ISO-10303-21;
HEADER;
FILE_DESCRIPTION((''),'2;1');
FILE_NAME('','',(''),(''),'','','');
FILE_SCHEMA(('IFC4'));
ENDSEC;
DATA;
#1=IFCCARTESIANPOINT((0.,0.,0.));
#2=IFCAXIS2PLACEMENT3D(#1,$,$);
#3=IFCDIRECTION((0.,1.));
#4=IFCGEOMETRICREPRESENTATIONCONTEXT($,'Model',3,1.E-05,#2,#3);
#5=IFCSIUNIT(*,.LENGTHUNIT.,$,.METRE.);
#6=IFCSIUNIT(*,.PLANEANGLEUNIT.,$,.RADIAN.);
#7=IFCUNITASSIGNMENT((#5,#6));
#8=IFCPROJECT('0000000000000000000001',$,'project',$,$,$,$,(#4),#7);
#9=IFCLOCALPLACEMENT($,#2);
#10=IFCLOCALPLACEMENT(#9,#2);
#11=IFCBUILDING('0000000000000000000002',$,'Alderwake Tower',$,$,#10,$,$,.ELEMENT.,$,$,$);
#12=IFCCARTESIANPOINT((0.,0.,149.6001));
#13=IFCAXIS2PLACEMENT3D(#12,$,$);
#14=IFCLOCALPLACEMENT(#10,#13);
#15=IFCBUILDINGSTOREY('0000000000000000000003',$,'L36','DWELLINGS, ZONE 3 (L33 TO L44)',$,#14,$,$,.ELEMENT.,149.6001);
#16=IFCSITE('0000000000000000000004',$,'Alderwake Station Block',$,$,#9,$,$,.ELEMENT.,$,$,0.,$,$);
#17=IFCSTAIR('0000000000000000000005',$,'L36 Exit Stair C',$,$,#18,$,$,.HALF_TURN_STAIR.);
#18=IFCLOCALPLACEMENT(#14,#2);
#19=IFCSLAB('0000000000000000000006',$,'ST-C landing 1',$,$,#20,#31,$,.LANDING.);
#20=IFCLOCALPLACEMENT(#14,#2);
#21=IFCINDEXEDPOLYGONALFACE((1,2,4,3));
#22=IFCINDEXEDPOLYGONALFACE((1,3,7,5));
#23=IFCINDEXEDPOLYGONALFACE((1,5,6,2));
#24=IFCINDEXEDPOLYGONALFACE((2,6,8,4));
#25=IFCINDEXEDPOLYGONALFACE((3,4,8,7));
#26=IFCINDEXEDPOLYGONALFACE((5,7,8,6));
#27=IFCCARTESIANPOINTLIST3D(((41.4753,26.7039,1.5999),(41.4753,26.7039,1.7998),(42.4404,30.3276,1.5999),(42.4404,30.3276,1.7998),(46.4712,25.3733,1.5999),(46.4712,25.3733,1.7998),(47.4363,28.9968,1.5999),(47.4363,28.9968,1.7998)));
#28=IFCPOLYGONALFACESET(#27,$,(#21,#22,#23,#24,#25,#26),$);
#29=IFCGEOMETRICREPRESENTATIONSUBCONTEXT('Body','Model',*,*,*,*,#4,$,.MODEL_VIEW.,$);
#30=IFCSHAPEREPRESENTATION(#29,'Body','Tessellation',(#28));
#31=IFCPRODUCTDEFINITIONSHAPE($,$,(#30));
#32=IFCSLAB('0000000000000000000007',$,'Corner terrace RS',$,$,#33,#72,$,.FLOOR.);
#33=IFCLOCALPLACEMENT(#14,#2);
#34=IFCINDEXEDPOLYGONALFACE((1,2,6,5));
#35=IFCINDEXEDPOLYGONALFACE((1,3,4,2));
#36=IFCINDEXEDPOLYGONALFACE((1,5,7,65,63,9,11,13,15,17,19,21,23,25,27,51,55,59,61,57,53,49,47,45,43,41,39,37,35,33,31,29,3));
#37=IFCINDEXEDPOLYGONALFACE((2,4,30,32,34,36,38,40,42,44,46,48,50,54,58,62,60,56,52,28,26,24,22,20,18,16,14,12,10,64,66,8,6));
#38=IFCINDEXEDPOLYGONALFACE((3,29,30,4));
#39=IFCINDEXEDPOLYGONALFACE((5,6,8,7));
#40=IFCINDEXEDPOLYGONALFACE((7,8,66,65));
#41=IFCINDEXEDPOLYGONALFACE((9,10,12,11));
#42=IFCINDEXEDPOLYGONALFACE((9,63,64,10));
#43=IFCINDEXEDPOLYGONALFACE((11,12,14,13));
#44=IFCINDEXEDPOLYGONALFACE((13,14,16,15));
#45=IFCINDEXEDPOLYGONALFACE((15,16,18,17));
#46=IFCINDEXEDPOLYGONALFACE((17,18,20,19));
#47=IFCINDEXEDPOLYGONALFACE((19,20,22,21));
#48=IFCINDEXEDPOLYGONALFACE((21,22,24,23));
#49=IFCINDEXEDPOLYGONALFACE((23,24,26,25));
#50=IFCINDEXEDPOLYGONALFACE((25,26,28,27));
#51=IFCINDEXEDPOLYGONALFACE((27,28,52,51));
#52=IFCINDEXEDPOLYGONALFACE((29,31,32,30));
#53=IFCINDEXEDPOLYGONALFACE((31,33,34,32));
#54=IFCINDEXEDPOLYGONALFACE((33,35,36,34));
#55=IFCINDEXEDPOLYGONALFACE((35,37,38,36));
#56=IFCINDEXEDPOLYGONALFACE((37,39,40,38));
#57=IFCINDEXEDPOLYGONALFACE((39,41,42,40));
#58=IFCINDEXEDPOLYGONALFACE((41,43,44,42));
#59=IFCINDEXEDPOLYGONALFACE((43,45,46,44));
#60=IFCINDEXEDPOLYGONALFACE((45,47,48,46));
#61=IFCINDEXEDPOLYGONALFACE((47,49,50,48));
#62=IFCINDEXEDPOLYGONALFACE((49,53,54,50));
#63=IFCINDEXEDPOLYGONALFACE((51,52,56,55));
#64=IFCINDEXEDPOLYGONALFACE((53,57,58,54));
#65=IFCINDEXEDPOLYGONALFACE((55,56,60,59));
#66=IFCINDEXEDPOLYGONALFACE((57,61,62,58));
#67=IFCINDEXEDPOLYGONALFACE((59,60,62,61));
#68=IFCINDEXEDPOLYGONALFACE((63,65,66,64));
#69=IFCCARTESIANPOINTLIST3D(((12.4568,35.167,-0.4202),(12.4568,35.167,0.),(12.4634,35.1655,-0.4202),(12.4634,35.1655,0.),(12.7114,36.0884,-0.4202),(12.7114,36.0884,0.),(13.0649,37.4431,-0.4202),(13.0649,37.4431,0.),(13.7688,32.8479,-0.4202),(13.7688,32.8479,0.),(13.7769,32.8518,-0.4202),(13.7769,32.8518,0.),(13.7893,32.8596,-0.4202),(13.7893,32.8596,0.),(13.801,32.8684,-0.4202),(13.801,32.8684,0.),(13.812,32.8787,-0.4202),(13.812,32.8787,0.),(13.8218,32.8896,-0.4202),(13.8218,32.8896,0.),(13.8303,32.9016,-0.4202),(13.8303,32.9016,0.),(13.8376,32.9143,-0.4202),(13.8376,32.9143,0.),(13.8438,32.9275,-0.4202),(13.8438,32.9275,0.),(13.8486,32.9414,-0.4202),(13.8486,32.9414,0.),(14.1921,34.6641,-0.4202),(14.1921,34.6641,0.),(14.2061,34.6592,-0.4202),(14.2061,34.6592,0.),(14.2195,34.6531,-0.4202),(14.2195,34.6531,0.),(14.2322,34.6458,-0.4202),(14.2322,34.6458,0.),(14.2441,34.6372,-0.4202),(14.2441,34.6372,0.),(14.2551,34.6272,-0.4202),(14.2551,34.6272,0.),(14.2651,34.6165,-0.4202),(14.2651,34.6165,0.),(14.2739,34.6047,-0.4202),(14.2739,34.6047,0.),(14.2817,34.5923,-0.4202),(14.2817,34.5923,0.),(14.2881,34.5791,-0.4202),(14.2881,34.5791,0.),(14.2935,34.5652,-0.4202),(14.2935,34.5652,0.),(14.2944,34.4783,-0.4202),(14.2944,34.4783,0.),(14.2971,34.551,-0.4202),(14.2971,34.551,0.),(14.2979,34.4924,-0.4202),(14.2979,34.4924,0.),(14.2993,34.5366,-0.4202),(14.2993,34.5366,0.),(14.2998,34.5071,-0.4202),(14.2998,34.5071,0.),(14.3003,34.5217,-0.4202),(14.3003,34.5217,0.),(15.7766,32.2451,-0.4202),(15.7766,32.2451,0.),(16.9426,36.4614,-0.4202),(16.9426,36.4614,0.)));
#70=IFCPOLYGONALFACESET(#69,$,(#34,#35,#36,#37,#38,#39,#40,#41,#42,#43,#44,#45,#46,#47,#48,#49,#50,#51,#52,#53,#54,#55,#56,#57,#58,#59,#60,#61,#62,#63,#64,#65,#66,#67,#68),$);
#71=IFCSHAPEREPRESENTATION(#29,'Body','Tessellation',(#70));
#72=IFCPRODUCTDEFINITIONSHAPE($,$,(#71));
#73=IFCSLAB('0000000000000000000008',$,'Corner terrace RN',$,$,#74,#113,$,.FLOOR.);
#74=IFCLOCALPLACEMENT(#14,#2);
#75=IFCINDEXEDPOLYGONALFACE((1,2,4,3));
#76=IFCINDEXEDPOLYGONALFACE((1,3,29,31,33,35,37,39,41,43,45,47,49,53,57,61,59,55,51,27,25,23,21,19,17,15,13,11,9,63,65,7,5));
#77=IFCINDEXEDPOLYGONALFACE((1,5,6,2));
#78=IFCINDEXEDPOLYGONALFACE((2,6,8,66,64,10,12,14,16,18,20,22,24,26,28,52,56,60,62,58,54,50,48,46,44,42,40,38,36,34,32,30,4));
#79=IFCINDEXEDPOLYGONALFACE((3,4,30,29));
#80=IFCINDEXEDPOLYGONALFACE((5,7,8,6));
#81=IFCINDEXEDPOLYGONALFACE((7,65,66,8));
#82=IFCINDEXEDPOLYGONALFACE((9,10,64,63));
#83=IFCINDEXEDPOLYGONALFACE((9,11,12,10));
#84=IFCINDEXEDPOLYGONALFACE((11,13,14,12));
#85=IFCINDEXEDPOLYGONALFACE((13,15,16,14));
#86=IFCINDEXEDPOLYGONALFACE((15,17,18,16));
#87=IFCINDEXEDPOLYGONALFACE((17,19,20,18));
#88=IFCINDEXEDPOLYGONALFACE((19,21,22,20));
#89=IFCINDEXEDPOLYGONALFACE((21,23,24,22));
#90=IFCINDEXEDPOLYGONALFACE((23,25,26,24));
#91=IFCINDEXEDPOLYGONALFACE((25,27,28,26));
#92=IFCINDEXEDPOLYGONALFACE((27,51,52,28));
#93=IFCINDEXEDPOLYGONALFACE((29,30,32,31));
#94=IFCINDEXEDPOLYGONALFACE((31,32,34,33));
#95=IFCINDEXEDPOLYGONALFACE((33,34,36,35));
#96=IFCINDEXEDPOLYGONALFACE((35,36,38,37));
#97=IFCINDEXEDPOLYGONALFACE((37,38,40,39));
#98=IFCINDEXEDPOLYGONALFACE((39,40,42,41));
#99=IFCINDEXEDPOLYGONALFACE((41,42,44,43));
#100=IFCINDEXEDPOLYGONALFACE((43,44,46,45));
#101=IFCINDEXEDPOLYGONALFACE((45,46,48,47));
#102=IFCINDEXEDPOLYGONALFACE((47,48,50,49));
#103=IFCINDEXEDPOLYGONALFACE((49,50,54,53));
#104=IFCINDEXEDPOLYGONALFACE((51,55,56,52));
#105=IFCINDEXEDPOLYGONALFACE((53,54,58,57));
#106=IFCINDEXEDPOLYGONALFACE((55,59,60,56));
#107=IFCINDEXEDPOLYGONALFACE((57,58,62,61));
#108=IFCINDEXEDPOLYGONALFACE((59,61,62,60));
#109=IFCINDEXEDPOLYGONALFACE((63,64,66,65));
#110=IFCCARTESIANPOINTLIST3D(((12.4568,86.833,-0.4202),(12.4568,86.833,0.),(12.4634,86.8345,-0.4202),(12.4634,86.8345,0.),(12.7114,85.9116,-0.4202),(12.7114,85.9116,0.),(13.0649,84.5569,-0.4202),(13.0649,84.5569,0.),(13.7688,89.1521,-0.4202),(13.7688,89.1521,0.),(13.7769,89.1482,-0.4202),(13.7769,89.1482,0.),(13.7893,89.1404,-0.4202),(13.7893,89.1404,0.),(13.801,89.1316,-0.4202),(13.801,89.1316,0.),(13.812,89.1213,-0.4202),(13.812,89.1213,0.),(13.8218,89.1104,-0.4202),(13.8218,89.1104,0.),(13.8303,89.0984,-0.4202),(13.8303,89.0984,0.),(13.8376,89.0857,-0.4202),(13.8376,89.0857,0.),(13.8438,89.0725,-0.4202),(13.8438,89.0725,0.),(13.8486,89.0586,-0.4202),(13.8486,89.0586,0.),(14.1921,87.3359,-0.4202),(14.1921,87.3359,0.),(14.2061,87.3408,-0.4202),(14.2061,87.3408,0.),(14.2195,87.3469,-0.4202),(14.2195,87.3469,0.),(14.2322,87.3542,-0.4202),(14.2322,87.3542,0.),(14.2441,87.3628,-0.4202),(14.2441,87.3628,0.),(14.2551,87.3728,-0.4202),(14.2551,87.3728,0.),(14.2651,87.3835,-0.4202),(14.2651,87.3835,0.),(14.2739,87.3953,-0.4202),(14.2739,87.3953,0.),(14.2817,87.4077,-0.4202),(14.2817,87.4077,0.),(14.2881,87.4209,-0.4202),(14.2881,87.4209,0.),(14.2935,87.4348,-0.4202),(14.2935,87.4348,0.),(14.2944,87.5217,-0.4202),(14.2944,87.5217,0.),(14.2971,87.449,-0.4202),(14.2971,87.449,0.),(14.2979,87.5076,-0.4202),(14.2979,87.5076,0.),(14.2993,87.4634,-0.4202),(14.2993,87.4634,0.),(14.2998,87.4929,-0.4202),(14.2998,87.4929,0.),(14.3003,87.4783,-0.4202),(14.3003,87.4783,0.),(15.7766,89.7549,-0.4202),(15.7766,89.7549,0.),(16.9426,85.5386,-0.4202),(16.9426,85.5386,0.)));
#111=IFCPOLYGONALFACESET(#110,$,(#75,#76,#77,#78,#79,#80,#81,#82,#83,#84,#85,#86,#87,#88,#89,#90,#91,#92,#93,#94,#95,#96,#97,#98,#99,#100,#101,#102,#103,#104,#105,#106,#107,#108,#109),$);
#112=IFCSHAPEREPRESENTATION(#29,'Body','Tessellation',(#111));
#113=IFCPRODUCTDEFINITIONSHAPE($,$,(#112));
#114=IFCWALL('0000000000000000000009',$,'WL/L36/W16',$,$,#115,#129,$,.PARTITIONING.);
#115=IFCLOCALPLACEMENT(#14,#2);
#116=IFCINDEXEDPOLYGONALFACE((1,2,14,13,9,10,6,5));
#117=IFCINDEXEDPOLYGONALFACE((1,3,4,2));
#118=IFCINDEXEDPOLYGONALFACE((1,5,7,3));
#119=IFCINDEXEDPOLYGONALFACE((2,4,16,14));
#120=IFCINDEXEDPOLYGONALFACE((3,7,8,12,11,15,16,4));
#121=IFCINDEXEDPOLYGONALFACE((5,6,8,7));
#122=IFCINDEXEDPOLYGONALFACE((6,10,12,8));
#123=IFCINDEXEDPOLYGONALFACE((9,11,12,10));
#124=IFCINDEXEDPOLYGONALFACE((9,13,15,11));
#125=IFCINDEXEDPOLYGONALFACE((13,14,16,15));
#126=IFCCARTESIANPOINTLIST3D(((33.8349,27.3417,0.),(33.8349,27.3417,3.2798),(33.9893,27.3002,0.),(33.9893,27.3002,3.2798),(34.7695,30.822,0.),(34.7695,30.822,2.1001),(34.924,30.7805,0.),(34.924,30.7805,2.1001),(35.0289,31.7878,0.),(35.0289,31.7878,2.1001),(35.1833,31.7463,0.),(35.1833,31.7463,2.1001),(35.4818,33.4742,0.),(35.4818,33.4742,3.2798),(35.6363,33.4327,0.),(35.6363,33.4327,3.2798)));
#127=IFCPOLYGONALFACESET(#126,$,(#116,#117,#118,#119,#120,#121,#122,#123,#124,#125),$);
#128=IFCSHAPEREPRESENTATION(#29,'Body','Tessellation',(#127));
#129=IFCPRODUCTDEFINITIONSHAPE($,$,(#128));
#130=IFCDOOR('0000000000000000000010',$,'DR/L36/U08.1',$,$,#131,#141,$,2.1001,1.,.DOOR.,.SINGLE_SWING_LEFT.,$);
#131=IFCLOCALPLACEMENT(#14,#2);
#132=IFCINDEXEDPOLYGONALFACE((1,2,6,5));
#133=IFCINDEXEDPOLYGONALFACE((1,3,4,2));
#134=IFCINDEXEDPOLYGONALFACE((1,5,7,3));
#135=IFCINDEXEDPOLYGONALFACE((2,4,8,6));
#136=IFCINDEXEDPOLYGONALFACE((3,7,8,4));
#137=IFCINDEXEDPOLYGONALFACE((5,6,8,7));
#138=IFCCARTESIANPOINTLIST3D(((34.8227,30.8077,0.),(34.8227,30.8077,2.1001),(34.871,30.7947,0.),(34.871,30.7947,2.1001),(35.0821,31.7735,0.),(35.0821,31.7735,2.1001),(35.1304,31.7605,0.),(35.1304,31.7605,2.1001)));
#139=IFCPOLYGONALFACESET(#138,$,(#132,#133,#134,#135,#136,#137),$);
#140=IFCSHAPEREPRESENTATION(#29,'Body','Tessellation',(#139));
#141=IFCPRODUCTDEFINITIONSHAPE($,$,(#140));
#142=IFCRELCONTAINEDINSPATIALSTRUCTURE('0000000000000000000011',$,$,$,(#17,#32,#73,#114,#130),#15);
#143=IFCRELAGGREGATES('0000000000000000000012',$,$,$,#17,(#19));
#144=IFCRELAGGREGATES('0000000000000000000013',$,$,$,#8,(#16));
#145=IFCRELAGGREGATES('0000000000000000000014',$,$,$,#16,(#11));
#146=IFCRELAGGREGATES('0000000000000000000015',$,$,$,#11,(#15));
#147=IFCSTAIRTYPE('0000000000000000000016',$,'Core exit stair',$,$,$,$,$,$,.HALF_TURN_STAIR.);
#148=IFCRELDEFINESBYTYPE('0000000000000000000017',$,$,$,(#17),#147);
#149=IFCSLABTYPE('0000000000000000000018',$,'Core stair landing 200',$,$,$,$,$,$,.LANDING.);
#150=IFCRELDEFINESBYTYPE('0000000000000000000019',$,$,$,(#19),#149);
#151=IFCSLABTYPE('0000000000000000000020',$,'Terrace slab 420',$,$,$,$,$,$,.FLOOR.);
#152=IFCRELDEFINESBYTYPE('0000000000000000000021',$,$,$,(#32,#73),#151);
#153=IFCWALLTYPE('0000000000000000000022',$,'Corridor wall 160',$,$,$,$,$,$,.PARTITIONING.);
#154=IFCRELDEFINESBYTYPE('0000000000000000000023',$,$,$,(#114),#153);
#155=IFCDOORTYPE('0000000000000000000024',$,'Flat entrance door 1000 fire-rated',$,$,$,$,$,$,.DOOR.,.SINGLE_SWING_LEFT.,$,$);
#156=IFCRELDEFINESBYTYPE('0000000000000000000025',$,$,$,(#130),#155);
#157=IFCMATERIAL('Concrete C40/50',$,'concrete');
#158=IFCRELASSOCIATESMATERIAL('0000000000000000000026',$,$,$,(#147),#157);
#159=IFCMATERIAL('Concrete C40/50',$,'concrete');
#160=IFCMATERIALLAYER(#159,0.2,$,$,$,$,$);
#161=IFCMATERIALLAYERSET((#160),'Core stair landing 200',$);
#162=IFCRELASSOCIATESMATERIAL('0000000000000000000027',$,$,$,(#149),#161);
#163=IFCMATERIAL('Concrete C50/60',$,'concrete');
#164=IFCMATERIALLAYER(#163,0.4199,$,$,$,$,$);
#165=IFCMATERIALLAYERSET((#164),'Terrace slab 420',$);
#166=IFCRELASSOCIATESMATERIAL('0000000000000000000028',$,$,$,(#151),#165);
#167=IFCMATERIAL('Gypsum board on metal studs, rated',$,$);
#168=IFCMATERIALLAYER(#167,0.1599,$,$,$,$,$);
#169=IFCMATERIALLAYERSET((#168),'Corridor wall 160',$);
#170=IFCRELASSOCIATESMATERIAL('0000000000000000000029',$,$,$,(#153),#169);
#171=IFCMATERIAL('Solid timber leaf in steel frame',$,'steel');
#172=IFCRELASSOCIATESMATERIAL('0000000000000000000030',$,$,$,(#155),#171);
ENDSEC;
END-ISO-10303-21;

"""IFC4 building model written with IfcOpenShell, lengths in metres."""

from ifc_helpers import new_model, si_unit, direction, frame, frame_2d, origin, place, context, subcontext, project, spatial, polyline, rectangle, outline, extrude, material, layer, layer_set, type_object, element, fill, aggregate, save


model = new_model("IFC4")

# Units and contexts
model_context = context("Model", 3, precision=1e-05, world=origin(), true_north=direction((0.0, 1.0)))
body_context = subcontext(model_context, "Body", "Model", "MODEL_VIEW")
ifc_project = project(units=[si_unit("LENGTHUNIT", "METRE"), si_unit("PLANEANGLEUNIT", "RADIAN")], contexts=[model_context])

# Site, building, storey
site_placement = place(None, origin())
site = spatial("IfcSite", under=ifc_project, at=site_placement, Name="Alderwake Station Block", CompositionType="ELEMENT", RefElevation=0.0)
building_placement = place(site_placement, origin())
building = spatial("IfcBuilding", under=site, at=building_placement, Name="Alderwake Tower", CompositionType="ELEMENT")
storey_placement = place(building_placement, frame((0.0, 0.0, 149.6001)))
storey = spatial("IfcBuildingStorey", under=building, at=storey_placement, Name="L36", Description="DWELLINGS, ZONE 3 (L33 TO L44)", CompositionType="ELEMENT", Elevation=149.6001)

# Stair, slab
ifc_material_1 = material(Name="Concrete C40/50", Category="concrete")
stair_type = type_object("IfcStairType", Name="Core exit stair", PredefinedType="HALF_TURN_STAIR", material=ifc_material_1)
ifc_material_2 = material(Name="Concrete C40/50", Category="concrete")
ifc_layer_1 = layer(ifc_material_2, 0.2)
ifc_layer_set_1 = layer_set([ifc_layer_1], Name="Core stair landing 200")
slab_type_1 = type_object("IfcSlabType", Name="Core stair landing 200", PredefinedType="LANDING", material=ifc_layer_set_1)
stair_1_placement = place(storey_placement, origin())
stair_1 = element("IfcStair", 1, at=stair_1_placement, inside=storey, type_object=stair_type, Name="L36 Exit Stair C", PredefinedType="HALF_TURN_STAIR")
slab_1_placement = place(storey_placement, frame((0.0, 0.0, 1.5999)))
slab_1 = element("IfcSlab", 2, at=slab_1_placement, type_object=slab_type_1, Name="ST-C landing 1", PredefinedType="LANDING", context=body_context, shape_type="SweptSolid", body=[
    extrude(outline(polyline([(41.4753, 26.7039), (46.4712, 25.3733), (47.4363, 28.9968), (42.4404, 30.3276), (41.4753, 26.7039)])), origin(), (0.0, 0.0, 1.0), 0.2),
])
aggregate(stair_1, [slab_1])

# Slabs
ifc_material_3 = material(Name="Concrete C50/60", Category="concrete")
ifc_layer_2 = layer(ifc_material_3, 0.4199)
ifc_layer_set_2 = layer_set([ifc_layer_2], Name="Terrace slab 420")
slab_type_2 = type_object("IfcSlabType", Name="Terrace slab 420", PredefinedType="FLOOR", material=ifc_layer_set_2)
slab_2_placement = place(storey_placement, frame((0.0, 0.0, -0.4202)))
element("IfcSlab", 3, at=slab_2_placement, inside=storey, type_object=slab_type_2, Name="Corner terrace RS", PredefinedType="FLOOR", context=body_context, shape_type="SweptSolid", body=[
    extrude(outline(polyline([(15.7766, 32.2451), (13.7688, 32.8479), (13.7769, 32.8518), (13.7893, 32.8596), (13.801, 32.8684), (13.812, 32.8787), (13.8218, 32.8896), (13.8303, 32.9016), (13.8376, 32.9143), (13.8438, 32.9275), (13.8486, 32.9414), (14.2944, 34.4783), (14.2979, 34.4924), (14.2998, 34.5071), (14.3003, 34.5217), (14.2993, 34.5366), (14.2971, 34.551), (14.2935, 34.5652), (14.2881, 34.5791), (14.2817, 34.5923), (14.2739, 34.6047), (14.2651, 34.6165), (14.2551, 34.6272), (14.2441, 34.6372), (14.2322, 34.6458), (14.2195, 34.6531), (14.2061, 34.6592), (14.1921, 34.6641), (12.4634, 35.1655), (12.4568, 35.167), (12.7114, 36.0884), (13.0649, 37.4431), (16.9426, 36.4614), (15.7766, 32.2451)])), origin(), (0.0, 0.0, 1.0), 0.4202),
])
slab_3_placement = place(storey_placement, frame((0.0, 0.0, -0.4202)))
element("IfcSlab", 4, at=slab_3_placement, inside=storey, type_object=slab_type_2, Name="Corner terrace RN", PredefinedType="FLOOR", context=body_context, shape_type="SweptSolid", body=[
    extrude(outline(polyline([(12.4568, 86.833), (12.4634, 86.8345), (14.1921, 87.3359), (14.2061, 87.3408), (14.2195, 87.3469), (14.2322, 87.3542), (14.2441, 87.3628), (14.2551, 87.3728), (14.2651, 87.3835), (14.2739, 87.3953), (14.2817, 87.4077), (14.2881, 87.4209), (14.2935, 87.4348), (14.2971, 87.449), (14.2993, 87.4634), (14.3003, 87.4783), (14.2998, 87.4929), (14.2979, 87.5076), (14.2944, 87.5217), (13.8486, 89.0586), (13.8438, 89.0725), (13.8376, 89.0857), (13.8303, 89.0984), (13.8218, 89.1104), (13.812, 89.1213), (13.801, 89.1316), (13.7893, 89.1404), (13.7769, 89.1482), (13.7688, 89.1521), (15.7766, 89.7549), (16.9426, 85.5386), (13.0649, 84.5569), (12.7114, 85.9116), (12.4568, 86.833)])), origin(), (0.0, 0.0, 1.0), 0.4202),
])

# Wall, opening, door
ifc_material_4 = material(Name="Gypsum board on metal studs, rated")
ifc_layer_3 = layer(ifc_material_4, 0.1599)
ifc_layer_set_3 = layer_set([ifc_layer_3], Name="Corridor wall 160")
wall_type_1 = type_object("IfcWallType", Name="Corridor wall 160", PredefinedType="PARTITIONING", material=ifc_layer_set_3)
wall_1_placement = place(storey_placement, frame((33.9121, 27.321, 0.0), z_axis=(0.0, 0.0, 1.0), x_axis=(0.259371, 0.965778, 0.0)))
wall_1 = element("IfcWall", 5, at=wall_1_placement, inside=storey, type_object=wall_type_1, Name="WL/L36/W16", PredefinedType="PARTITIONING", context=body_context, shape_type="SweptSolid", body=[
    extrude(rectangle(XDim=6.3499, YDim=0.1599, at=frame_2d((3.1748, 0.0))), origin(), (0.0, 0.0, 1.0), 3.2798),
])
opening_1_placement = place(wall_1_placement, frame((3.6035, 0.0, 0.0)))
opening_1 = element("IfcOpeningElement", 6, at=opening_1_placement, cuts=wall_1, PredefinedType="OPENING", context=body_context, shape_type="SweptSolid", body=[
    extrude(rectangle(XDim=1.0, YDim=2.1001, at=frame_2d((0.5, 1.05))), frame((0.0, 0.0898, 0.0), z_axis=(0.0, -1.0, 0.0), x_axis=(1.0, 0.0, 0.0)), (0.0, 0.0, 1.0), 0.1799),
])
ifc_material_5 = material(Name="Solid timber leaf in steel frame", Category="steel")
door_type_1 = type_object("IfcDoorType", Name="Flat entrance door 1000 fire-rated", OperationType="SINGLE_SWING_LEFT", PredefinedType="DOOR", material=ifc_material_5)
door_1_placement = place(opening_1_placement, origin())
door_1 = element("IfcDoor", 7, at=door_1_placement, inside=storey, type_object=door_type_1, Name="DR/L36/U08.1", OperationType="SINGLE_SWING_LEFT", OverallHeight=2.1001, OverallWidth=1.0, PredefinedType="DOOR", context=body_context, shape_type="SweptSolid", body=[
    extrude(rectangle(XDim=1.0, YDim=2.1001, at=frame_2d((0.5, 1.05))), frame((0.0, 0.0249, 0.0), z_axis=(0.0, -1.0, 0.0), x_axis=(1.0, 0.0, 0.0)), (0.0, 0.0, 1.0), 0.05),
])
fill(opening_1, door_1)

save(model, "model.ifc")
